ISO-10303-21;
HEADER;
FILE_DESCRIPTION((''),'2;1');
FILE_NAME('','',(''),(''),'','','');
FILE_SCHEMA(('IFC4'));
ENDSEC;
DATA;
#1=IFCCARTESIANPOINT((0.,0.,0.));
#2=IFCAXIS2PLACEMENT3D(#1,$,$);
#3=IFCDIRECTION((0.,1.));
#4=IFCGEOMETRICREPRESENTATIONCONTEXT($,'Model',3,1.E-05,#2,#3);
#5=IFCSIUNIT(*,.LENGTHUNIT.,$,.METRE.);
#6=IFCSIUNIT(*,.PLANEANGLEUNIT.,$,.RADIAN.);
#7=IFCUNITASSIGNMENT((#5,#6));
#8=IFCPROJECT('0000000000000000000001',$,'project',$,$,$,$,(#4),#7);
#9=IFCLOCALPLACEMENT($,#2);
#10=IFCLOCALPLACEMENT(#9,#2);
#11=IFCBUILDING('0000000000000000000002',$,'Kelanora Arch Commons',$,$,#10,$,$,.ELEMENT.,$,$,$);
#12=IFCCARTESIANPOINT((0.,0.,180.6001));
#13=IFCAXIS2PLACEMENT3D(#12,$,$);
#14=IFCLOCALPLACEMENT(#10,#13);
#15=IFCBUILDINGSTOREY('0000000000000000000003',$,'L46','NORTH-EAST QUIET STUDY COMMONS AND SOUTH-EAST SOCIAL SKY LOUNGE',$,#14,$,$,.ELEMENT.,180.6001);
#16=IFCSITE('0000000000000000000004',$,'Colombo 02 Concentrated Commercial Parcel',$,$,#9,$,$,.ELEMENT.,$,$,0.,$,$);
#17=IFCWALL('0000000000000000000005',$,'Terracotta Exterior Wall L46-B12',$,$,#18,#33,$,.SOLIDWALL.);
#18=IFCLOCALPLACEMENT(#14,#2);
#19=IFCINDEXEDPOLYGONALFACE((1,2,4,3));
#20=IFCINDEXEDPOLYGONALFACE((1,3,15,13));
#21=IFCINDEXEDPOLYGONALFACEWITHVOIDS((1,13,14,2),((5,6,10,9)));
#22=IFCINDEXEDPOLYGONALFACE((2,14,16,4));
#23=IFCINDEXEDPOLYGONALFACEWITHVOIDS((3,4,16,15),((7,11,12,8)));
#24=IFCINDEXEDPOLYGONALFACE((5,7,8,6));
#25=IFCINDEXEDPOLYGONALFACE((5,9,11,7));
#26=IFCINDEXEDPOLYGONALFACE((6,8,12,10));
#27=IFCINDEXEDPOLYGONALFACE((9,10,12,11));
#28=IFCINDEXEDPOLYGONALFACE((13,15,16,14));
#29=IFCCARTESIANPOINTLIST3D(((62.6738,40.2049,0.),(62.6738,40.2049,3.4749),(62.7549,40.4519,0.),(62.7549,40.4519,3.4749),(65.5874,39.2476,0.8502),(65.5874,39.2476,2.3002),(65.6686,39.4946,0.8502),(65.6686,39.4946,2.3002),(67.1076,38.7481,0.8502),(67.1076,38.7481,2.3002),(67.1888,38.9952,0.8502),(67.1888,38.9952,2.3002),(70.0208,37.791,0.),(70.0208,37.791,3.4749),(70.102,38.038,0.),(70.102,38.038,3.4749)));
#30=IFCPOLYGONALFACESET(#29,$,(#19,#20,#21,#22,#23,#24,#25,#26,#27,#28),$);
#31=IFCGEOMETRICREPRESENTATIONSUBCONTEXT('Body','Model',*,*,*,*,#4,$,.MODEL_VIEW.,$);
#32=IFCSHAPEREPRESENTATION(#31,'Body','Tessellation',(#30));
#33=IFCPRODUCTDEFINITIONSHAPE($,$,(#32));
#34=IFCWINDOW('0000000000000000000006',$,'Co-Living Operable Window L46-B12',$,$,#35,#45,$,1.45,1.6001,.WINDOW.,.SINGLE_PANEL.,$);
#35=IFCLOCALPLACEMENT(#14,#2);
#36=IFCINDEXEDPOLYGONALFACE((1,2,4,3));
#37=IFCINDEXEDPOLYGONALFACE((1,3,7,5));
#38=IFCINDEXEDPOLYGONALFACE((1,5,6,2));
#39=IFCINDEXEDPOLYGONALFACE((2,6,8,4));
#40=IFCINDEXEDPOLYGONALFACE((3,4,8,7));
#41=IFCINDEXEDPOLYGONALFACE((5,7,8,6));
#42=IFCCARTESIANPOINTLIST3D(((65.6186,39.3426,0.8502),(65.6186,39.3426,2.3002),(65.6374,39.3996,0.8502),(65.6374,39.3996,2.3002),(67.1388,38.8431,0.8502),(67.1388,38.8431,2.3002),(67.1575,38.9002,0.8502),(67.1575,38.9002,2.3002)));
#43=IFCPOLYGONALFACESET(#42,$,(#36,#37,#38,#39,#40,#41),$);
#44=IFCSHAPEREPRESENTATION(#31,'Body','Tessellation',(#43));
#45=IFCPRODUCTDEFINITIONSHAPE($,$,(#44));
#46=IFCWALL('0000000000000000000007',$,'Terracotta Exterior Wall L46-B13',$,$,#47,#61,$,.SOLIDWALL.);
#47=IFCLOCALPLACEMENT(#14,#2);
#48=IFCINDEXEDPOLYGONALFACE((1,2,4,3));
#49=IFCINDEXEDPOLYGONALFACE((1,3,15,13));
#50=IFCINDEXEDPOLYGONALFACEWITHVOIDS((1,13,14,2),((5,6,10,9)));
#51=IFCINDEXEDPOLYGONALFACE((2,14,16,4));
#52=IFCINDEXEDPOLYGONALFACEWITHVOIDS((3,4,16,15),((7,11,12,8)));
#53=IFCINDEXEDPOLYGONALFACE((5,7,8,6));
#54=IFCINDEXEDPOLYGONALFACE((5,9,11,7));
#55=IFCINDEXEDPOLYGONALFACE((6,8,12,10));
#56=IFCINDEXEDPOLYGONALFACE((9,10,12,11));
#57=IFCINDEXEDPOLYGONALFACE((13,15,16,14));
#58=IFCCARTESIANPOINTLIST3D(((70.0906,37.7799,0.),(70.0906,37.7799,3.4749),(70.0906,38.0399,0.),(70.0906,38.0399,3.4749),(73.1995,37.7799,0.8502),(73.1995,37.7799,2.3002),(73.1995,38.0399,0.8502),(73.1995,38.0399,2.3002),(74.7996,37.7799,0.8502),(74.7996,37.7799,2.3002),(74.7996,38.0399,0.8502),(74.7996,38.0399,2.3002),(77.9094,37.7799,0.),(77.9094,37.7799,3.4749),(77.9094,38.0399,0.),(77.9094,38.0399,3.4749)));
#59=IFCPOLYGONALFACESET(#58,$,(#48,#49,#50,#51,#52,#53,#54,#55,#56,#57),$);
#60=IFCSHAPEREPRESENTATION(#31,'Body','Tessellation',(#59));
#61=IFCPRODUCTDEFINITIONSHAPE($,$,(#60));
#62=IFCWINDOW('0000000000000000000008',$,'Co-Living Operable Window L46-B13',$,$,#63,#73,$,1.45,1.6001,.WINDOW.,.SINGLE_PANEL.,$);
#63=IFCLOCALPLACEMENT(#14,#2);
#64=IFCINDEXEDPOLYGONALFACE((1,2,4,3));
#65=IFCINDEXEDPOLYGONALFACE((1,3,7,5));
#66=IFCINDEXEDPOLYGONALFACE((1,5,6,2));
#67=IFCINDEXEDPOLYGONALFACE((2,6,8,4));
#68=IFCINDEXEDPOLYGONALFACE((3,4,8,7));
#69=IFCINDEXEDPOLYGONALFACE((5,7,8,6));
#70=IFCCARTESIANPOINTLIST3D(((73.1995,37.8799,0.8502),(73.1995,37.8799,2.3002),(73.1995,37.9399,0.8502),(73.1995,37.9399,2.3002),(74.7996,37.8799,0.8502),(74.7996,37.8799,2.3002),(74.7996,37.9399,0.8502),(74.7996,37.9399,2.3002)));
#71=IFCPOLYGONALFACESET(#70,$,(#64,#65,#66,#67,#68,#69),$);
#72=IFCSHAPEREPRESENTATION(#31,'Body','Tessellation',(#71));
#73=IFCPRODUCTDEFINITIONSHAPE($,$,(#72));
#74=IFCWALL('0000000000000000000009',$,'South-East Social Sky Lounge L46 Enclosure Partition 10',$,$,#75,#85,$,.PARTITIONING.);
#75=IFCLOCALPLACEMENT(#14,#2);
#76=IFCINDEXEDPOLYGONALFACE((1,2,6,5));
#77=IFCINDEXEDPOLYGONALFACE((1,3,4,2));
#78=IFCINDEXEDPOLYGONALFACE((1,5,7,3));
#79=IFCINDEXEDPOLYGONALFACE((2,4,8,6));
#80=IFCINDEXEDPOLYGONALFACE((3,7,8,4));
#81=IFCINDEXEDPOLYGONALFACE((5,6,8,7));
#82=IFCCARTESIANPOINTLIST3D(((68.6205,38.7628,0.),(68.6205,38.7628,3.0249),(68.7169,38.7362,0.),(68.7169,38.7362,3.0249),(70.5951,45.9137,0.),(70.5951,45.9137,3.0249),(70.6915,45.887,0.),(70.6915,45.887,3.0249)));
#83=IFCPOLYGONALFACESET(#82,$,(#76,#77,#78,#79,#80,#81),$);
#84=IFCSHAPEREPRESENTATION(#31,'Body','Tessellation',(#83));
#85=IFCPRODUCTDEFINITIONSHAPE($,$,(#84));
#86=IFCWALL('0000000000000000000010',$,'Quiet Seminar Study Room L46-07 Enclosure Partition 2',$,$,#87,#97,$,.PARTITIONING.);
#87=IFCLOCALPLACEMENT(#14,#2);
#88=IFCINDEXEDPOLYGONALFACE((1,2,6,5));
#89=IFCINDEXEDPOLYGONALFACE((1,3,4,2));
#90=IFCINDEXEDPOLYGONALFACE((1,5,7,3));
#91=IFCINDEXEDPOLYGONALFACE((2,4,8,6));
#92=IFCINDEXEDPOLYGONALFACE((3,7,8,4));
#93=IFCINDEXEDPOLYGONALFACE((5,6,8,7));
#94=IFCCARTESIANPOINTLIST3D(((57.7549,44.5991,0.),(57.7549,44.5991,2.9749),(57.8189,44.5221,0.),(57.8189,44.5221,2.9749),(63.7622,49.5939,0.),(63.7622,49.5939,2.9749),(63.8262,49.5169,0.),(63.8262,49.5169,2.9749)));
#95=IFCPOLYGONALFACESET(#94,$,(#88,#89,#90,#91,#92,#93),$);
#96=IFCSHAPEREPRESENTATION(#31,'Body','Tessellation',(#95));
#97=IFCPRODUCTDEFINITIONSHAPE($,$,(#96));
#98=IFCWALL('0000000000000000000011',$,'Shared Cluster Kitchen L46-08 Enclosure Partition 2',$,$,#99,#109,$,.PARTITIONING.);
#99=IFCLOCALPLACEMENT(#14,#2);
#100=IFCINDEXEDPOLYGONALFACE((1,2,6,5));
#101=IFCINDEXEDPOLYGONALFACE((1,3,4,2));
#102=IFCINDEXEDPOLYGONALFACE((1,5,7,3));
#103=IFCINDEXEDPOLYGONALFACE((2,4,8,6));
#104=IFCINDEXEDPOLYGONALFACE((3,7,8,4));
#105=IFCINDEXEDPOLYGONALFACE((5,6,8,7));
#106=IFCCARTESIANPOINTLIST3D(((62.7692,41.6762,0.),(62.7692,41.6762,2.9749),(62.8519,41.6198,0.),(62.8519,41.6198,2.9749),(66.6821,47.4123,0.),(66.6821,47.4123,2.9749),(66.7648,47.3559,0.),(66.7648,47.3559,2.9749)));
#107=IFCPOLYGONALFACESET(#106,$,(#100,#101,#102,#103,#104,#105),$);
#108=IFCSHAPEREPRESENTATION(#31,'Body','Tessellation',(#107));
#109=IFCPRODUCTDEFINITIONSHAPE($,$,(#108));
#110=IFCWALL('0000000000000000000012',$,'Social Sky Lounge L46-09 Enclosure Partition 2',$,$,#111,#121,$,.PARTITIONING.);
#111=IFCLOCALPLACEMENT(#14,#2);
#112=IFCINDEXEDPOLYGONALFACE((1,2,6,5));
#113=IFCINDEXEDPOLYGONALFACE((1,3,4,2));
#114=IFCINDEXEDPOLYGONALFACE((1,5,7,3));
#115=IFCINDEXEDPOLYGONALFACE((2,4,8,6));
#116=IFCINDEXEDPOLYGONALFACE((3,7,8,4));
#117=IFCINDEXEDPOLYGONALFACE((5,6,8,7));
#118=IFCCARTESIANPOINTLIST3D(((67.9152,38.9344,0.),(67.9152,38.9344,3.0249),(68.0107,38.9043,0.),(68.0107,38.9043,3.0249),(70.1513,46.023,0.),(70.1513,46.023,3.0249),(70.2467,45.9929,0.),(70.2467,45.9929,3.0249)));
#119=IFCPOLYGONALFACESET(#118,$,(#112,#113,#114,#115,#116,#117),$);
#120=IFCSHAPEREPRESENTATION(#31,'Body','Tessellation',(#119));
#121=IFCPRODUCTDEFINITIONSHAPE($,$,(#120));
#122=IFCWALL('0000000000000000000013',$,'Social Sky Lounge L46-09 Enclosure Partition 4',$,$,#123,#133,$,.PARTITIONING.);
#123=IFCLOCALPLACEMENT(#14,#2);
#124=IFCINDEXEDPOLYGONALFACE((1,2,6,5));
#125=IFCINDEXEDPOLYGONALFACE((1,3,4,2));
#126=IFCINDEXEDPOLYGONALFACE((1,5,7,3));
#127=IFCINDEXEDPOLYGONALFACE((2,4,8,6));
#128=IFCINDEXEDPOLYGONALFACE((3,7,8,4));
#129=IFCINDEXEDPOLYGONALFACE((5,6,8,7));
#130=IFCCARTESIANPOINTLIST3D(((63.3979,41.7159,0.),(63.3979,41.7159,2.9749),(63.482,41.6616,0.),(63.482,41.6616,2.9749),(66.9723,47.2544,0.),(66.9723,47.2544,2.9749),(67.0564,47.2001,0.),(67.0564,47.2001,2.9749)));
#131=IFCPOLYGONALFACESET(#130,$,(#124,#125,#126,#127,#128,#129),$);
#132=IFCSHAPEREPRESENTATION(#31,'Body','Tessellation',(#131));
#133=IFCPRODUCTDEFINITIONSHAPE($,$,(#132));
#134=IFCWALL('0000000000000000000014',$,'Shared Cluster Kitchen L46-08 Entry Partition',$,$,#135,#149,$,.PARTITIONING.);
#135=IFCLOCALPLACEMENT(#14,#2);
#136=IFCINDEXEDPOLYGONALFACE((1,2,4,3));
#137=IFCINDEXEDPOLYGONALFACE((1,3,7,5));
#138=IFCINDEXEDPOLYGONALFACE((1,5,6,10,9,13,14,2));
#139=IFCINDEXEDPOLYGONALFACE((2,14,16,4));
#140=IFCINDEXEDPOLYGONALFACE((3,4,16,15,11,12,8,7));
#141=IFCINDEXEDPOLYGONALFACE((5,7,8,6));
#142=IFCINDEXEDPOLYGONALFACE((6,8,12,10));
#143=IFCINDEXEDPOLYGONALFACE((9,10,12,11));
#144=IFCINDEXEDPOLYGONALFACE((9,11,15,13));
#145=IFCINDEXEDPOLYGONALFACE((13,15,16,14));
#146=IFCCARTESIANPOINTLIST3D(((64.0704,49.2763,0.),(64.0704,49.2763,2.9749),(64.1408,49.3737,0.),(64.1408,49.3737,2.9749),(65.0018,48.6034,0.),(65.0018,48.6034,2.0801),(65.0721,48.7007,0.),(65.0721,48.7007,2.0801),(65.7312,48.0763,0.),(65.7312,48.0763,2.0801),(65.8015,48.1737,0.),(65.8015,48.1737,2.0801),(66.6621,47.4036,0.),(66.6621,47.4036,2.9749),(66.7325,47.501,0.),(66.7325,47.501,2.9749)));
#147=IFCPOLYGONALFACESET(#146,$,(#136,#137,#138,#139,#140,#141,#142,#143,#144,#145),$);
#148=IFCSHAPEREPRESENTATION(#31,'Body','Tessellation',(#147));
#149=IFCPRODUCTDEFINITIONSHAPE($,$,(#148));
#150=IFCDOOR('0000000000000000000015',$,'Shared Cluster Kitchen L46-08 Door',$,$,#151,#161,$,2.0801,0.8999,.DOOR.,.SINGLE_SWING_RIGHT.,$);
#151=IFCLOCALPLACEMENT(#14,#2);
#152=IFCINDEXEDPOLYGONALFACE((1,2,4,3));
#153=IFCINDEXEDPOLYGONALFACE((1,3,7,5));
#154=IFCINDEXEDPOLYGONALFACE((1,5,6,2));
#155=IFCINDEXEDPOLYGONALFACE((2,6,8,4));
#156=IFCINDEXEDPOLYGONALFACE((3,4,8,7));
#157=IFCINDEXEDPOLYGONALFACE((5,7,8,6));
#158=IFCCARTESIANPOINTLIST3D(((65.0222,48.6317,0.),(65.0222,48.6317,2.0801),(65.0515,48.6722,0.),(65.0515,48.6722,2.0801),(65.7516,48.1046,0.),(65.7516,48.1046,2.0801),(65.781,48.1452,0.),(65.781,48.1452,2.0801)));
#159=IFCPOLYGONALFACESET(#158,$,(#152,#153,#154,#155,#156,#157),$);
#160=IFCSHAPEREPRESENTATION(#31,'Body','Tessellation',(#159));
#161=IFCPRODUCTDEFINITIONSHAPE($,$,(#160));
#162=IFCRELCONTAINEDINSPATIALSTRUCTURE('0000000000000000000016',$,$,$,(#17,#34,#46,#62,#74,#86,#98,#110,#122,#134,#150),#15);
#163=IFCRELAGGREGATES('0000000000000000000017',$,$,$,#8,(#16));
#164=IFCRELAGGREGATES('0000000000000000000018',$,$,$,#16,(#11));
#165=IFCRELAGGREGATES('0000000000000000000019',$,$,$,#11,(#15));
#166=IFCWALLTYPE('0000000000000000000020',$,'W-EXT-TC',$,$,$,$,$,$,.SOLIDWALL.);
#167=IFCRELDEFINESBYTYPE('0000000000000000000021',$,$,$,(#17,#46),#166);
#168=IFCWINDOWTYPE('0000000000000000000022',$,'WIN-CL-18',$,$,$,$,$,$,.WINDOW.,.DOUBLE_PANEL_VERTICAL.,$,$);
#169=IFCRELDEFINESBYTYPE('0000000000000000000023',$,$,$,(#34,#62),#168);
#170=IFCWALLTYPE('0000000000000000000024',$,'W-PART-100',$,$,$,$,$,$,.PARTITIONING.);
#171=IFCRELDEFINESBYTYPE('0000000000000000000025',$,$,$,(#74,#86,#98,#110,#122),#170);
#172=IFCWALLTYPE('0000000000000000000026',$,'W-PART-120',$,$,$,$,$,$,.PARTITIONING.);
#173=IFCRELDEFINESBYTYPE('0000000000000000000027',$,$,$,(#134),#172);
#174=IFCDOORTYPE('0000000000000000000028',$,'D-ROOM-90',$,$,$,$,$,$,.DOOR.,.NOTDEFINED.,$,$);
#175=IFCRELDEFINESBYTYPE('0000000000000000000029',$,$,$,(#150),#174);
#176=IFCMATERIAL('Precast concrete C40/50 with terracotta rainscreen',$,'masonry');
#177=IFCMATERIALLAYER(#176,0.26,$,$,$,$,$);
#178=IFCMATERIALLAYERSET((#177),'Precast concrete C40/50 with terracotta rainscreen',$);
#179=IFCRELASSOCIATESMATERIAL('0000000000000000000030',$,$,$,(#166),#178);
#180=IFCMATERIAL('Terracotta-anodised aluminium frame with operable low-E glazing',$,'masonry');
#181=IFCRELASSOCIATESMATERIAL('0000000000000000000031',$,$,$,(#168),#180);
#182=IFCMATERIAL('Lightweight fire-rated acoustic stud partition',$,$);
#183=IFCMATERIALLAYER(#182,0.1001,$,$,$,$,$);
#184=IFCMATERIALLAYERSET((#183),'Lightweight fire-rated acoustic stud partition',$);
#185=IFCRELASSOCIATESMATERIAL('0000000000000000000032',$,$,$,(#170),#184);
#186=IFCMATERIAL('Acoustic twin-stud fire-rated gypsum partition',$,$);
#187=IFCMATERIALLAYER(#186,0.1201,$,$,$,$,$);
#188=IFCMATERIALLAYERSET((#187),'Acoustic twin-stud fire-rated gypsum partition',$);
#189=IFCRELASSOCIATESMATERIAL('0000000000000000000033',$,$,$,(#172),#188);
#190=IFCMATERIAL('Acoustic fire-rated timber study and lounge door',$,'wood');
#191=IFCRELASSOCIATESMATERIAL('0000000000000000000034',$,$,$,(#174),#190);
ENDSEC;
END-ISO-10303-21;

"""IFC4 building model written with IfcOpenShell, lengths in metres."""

from ifc_helpers import new_model, si_unit, direction, frame, frame_2d, origin, place, context, subcontext, project, spatial, rectangle, extrude, material, layer, layer_set, type_object, element, fill, save


model = new_model("IFC4")

# Units and contexts
model_context = context("Model", 3, precision=1e-05, world=origin(), true_north=direction((0.0, 1.0)))
body_context = subcontext(model_context, "Body", "Model", "MODEL_VIEW")
ifc_project = project(units=[si_unit("LENGTHUNIT", "METRE"), si_unit("PLANEANGLEUNIT", "RADIAN")], contexts=[model_context])

# Site, building, storey
site_placement = place(None, origin())
site = spatial("IfcSite", under=ifc_project, at=site_placement, Name="Colombo 02 Concentrated Commercial Parcel", CompositionType="ELEMENT", RefElevation=0.0)
building_placement = place(site_placement, origin())
building = spatial("IfcBuilding", under=site, at=building_placement, Name="Kelanora Arch Commons", CompositionType="ELEMENT")
storey_placement = place(building_placement, frame((0.0, 0.0, 180.6001)))
storey = spatial("IfcBuildingStorey", under=building, at=storey_placement, Name="L46", Description="NORTH-EAST QUIET STUDY COMMONS AND SOUTH-EAST SOCIAL SKY LOUNGE", CompositionType="ELEMENT", Elevation=180.6001)

# Walls, openings, windows
ifc_material_1 = material(Name="Precast concrete C40/50 with terracotta rainscreen", Category="masonry")
ifc_layer_1 = layer(ifc_material_1, 0.26)
ifc_layer_set_1 = layer_set([ifc_layer_1], Name="Precast concrete C40/50 with terracotta rainscreen")
wall_type_1 = type_object("IfcWallType", Name="W-EXT-TC", PredefinedType="SOLIDWALL", material=ifc_layer_set_1)
wall_1_placement = place(storey_placement, frame((62.7144, 40.3284, 0.0), z_axis=(0.0, 0.0, 1.0), x_axis=(0.950038, -0.312133, 0.0)))
wall_1 = element("IfcWall", 1, at=wall_1_placement, inside=storey, type_object=wall_type_1, Name="Terracotta Exterior Wall L46-B12", PredefinedType="SOLIDWALL", context=body_context, shape_type="SweptSolid", body=[
    extrude(rectangle(XDim=7.7334, YDim=0.26, at=frame_2d((3.8667, 0.0))), origin(), (0.0, 0.0, 1.0), 3.4749),
])
opening_1_placement = place(wall_1_placement, frame((3.0669, 0.0, 0.8501)))
opening_1 = element("IfcOpeningElement", 2, at=opening_1_placement, cuts=wall_1, PredefinedType="OPENING", context=body_context, shape_type="SweptSolid", body=[
    extrude(rectangle(XDim=1.6001, YDim=1.45, at=frame_2d((0.8, 0.7251))), frame((0.0, 0.1401, 0.0), z_axis=(0.0, -1.0, 0.0), x_axis=(1.0, 0.0, 0.0)), (0.0, 0.0, 1.0), 0.28),
])
ifc_material_2 = material(Name="Terracotta-anodised aluminium frame with operable low-E glazing", Category="masonry")
window_type = type_object("IfcWindowType", Name="WIN-CL-18", PartitioningType="DOUBLE_PANEL_VERTICAL", PredefinedType="WINDOW", material=ifc_material_2)
window_1_placement = place(opening_1_placement, origin())
window_1 = element("IfcWindow", 3, at=window_1_placement, inside=storey, type_object=window_type, Name="Co-Living Operable Window L46-B12", OverallHeight=1.45, OverallWidth=1.6001, PartitioningType="SINGLE_PANEL", PredefinedType="WINDOW", context=body_context, shape_type="SweptSolid", body=[
    extrude(rectangle(XDim=1.6001, YDim=1.45, at=frame_2d((0.8, 0.7251))), frame((0.0, 0.03, 0.0), z_axis=(0.0, -1.0, 0.0), x_axis=(1.0, 0.0, 0.0)), (0.0, 0.0, 1.0), 0.0601),
])
fill(opening_1, window_1)
wall_2_placement = place(storey_placement, frame((70.0906, 37.9099, 0.0), z_axis=(0.0, 0.0, 1.0), x_axis=(1.0, 0.0, 0.0)))
wall_2 = element("IfcWall", 4, at=wall_2_placement, inside=storey, type_object=wall_type_1, Name="Terracotta Exterior Wall L46-B13", PredefinedType="SOLIDWALL", context=body_context, shape_type="SweptSolid", body=[
    extrude(rectangle(XDim=7.8188, YDim=0.26, at=frame_2d((3.9094, 0.0))), origin(), (0.0, 0.0, 1.0), 3.4749),
])
opening_2_placement = place(wall_2_placement, frame((3.1089, 0.0, 0.8501)))
opening_2 = element("IfcOpeningElement", 5, at=opening_2_placement, cuts=wall_2, PredefinedType="OPENING", context=body_context, shape_type="SweptSolid", body=[
    extrude(rectangle(XDim=1.6001, YDim=1.45, at=frame_2d((0.8, 0.7251))), frame((0.0, 0.1401, 0.0), z_axis=(0.0, -1.0, 0.0), x_axis=(1.0, 0.0, 0.0)), (0.0, 0.0, 1.0), 0.28),
])
window_2_placement = place(opening_2_placement, origin())
window_2 = element("IfcWindow", 6, at=window_2_placement, inside=storey, type_object=window_type, Name="Co-Living Operable Window L46-B13", OverallHeight=1.45, OverallWidth=1.6001, PartitioningType="SINGLE_PANEL", PredefinedType="WINDOW", context=body_context, shape_type="SweptSolid", body=[
    extrude(rectangle(XDim=1.6001, YDim=1.45, at=frame_2d((0.8, 0.7251))), frame((0.0, 0.03, 0.0), z_axis=(0.0, -1.0, 0.0), x_axis=(1.0, 0.0, 0.0)), (0.0, 0.0, 1.0), 0.0601),
])
fill(opening_2, window_2)

# Walls
ifc_material_3 = material(Name="Lightweight fire-rated acoustic stud partition")
ifc_layer_2 = layer(ifc_material_3, 0.1001)
ifc_layer_set_2 = layer_set([ifc_layer_2], Name="Lightweight fire-rated acoustic stud partition")
wall_type_2 = type_object("IfcWallType", Name="W-PART-100", PredefinedType="PARTITIONING", material=ifc_layer_set_2)
wall_3_placement = place(storey_placement, frame((68.6687, 38.7495, 0.0), z_axis=(0.0, 0.0, 1.0), x_axis=(0.266174, 0.963925, 0.0)))
element("IfcWall", 7, at=wall_3_placement, inside=storey, type_object=wall_type_2, Name="South-East Social Sky Lounge L46 Enclosure Partition 10", PredefinedType="PARTITIONING", context=body_context, shape_type="SweptSolid", body=[
    extrude(rectangle(XDim=7.4185, YDim=0.1001, at=frame_2d((3.7092, 0.0))), origin(), (0.0, 0.0, 1.0), 3.0249),
])
wall_4_placement = place(storey_placement, frame((63.7942, 49.5554, 0.0), z_axis=(0.0, 0.0, 1.0), x_axis=(-0.768928, -0.639336, 0.0)))
element("IfcWall", 8, at=wall_4_placement, inside=storey, type_object=wall_type_2, Name="Quiet Seminar Study Room L46-07 Enclosure Partition 2", PredefinedType="PARTITIONING", context=body_context, shape_type="SweptSolid", body=[
    extrude(rectangle(XDim=7.8125, YDim=0.1001, at=frame_2d((3.9062, 0.0))), origin(), (0.0, 0.0, 1.0), 2.9749),
])
wall_5_placement = place(storey_placement, frame((66.7234, 47.384, 0.0), z_axis=(0.0, 0.0, 1.0), x_axis=(-0.563521, -0.826102, 0.0)))
element("IfcWall", 9, at=wall_5_placement, inside=storey, type_object=wall_type_2, Name="Shared Cluster Kitchen L46-08 Enclosure Partition 2", PredefinedType="PARTITIONING", context=body_context, shape_type="SweptSolid", body=[
    extrude(rectangle(XDim=6.9436, YDim=0.1001, at=frame_2d((3.4717, 0.0))), origin(), (0.0, 0.0, 1.0), 2.9749),
])
wall_6_placement = place(storey_placement, frame((70.199, 46.0078, 0.0), z_axis=(0.0, 0.0, 1.0), x_axis=(-0.300834, -0.953676, 0.0)))
element("IfcWall", 10, at=wall_6_placement, inside=storey, type_object=wall_type_2, Name="Social Sky Lounge L46-09 Enclosure Partition 2", PredefinedType="PARTITIONING", context=body_context, shape_type="SweptSolid", body=[
    extrude(rectangle(XDim=7.4329, YDim=0.1001, at=frame_2d((3.7163, 0.0))), origin(), (0.0, 0.0, 1.0), 3.0249),
])
wall_7_placement = place(storey_placement, frame((63.4399, 41.6887, 0.0), z_axis=(0.0, 0.0, 1.0), x_axis=(0.542254, 0.840214, 0.0)))
element("IfcWall", 11, at=wall_7_placement, inside=storey, type_object=wall_type_2, Name="Social Sky Lounge L46-09 Enclosure Partition 4", PredefinedType="PARTITIONING", context=body_context, shape_type="SweptSolid", body=[
    extrude(rectangle(XDim=6.5918, YDim=0.1001, at=frame_2d((3.2959, 0.0))), origin(), (0.0, 0.0, 1.0), 2.9749),
])

# Wall, opening, door
ifc_material_4 = material(Name="Acoustic twin-stud fire-rated gypsum partition")
ifc_layer_3 = layer(ifc_material_4, 0.1201)
ifc_layer_set_3 = layer_set([ifc_layer_3], Name="Acoustic twin-stud fire-rated gypsum partition")
wall_type_3 = type_object("IfcWallType", Name="W-PART-120", PredefinedType="PARTITIONING", material=ifc_layer_set_3)
wall_8_placement = place(storey_placement, frame((64.1057, 49.325, 0.0), z_axis=(0.0, 0.0, 1.0), x_axis=(0.810538, -0.585686, 0.0)))
wall_8 = element("IfcWall", 12, at=wall_8_placement, inside=storey, type_object=wall_type_3, Name="Shared Cluster Kitchen L46-08 Entry Partition", PredefinedType="PARTITIONING", context=body_context, shape_type="SweptSolid", body=[
    extrude(rectangle(XDim=3.1975, YDim=0.1201, at=frame_2d((1.5986, 0.0))), origin(), (0.0, 0.0, 1.0), 2.9749),
])
opening_3_placement = place(wall_8_placement, frame((1.1489, 0.0, 0.0)))
opening_3 = element("IfcOpeningElement", 13, at=opening_3_placement, cuts=wall_8, PredefinedType="OPENING", context=body_context, shape_type="SweptSolid", body=[
    extrude(rectangle(XDim=0.8999, YDim=2.0801, at=frame_2d((0.45, 1.04))), frame((0.0, 0.0701, 0.0), z_axis=(0.0, -1.0, 0.0), x_axis=(1.0, 0.0, 0.0)), (0.0, 0.0, 1.0), 0.1401),
])
ifc_material_5 = material(Name="Acoustic fire-rated timber study and lounge door", Category="wood")
door_type = type_object("IfcDoorType", Name="D-ROOM-90", OperationType="NOTDEFINED", PredefinedType="DOOR", material=ifc_material_5)
door_1_placement = place(opening_3_placement, origin())
door_1 = element("IfcDoor", 14, at=door_1_placement, inside=storey, type_object=door_type, Name="Shared Cluster Kitchen L46-08 Door", OperationType="SINGLE_SWING_RIGHT", OverallHeight=2.0801, OverallWidth=0.8999, PredefinedType="DOOR", context=body_context, shape_type="SweptSolid", body=[
    extrude(rectangle(XDim=0.8999, YDim=2.0801, at=frame_2d((0.45, 1.04))), frame((0.0, 0.0249, 0.0), z_axis=(0.0, -1.0, 0.0), x_axis=(1.0, 0.0, 0.0)), (0.0, 0.0, 1.0), 0.05),
])
fill(opening_3, door_1)

save(model, "model.ifc")
